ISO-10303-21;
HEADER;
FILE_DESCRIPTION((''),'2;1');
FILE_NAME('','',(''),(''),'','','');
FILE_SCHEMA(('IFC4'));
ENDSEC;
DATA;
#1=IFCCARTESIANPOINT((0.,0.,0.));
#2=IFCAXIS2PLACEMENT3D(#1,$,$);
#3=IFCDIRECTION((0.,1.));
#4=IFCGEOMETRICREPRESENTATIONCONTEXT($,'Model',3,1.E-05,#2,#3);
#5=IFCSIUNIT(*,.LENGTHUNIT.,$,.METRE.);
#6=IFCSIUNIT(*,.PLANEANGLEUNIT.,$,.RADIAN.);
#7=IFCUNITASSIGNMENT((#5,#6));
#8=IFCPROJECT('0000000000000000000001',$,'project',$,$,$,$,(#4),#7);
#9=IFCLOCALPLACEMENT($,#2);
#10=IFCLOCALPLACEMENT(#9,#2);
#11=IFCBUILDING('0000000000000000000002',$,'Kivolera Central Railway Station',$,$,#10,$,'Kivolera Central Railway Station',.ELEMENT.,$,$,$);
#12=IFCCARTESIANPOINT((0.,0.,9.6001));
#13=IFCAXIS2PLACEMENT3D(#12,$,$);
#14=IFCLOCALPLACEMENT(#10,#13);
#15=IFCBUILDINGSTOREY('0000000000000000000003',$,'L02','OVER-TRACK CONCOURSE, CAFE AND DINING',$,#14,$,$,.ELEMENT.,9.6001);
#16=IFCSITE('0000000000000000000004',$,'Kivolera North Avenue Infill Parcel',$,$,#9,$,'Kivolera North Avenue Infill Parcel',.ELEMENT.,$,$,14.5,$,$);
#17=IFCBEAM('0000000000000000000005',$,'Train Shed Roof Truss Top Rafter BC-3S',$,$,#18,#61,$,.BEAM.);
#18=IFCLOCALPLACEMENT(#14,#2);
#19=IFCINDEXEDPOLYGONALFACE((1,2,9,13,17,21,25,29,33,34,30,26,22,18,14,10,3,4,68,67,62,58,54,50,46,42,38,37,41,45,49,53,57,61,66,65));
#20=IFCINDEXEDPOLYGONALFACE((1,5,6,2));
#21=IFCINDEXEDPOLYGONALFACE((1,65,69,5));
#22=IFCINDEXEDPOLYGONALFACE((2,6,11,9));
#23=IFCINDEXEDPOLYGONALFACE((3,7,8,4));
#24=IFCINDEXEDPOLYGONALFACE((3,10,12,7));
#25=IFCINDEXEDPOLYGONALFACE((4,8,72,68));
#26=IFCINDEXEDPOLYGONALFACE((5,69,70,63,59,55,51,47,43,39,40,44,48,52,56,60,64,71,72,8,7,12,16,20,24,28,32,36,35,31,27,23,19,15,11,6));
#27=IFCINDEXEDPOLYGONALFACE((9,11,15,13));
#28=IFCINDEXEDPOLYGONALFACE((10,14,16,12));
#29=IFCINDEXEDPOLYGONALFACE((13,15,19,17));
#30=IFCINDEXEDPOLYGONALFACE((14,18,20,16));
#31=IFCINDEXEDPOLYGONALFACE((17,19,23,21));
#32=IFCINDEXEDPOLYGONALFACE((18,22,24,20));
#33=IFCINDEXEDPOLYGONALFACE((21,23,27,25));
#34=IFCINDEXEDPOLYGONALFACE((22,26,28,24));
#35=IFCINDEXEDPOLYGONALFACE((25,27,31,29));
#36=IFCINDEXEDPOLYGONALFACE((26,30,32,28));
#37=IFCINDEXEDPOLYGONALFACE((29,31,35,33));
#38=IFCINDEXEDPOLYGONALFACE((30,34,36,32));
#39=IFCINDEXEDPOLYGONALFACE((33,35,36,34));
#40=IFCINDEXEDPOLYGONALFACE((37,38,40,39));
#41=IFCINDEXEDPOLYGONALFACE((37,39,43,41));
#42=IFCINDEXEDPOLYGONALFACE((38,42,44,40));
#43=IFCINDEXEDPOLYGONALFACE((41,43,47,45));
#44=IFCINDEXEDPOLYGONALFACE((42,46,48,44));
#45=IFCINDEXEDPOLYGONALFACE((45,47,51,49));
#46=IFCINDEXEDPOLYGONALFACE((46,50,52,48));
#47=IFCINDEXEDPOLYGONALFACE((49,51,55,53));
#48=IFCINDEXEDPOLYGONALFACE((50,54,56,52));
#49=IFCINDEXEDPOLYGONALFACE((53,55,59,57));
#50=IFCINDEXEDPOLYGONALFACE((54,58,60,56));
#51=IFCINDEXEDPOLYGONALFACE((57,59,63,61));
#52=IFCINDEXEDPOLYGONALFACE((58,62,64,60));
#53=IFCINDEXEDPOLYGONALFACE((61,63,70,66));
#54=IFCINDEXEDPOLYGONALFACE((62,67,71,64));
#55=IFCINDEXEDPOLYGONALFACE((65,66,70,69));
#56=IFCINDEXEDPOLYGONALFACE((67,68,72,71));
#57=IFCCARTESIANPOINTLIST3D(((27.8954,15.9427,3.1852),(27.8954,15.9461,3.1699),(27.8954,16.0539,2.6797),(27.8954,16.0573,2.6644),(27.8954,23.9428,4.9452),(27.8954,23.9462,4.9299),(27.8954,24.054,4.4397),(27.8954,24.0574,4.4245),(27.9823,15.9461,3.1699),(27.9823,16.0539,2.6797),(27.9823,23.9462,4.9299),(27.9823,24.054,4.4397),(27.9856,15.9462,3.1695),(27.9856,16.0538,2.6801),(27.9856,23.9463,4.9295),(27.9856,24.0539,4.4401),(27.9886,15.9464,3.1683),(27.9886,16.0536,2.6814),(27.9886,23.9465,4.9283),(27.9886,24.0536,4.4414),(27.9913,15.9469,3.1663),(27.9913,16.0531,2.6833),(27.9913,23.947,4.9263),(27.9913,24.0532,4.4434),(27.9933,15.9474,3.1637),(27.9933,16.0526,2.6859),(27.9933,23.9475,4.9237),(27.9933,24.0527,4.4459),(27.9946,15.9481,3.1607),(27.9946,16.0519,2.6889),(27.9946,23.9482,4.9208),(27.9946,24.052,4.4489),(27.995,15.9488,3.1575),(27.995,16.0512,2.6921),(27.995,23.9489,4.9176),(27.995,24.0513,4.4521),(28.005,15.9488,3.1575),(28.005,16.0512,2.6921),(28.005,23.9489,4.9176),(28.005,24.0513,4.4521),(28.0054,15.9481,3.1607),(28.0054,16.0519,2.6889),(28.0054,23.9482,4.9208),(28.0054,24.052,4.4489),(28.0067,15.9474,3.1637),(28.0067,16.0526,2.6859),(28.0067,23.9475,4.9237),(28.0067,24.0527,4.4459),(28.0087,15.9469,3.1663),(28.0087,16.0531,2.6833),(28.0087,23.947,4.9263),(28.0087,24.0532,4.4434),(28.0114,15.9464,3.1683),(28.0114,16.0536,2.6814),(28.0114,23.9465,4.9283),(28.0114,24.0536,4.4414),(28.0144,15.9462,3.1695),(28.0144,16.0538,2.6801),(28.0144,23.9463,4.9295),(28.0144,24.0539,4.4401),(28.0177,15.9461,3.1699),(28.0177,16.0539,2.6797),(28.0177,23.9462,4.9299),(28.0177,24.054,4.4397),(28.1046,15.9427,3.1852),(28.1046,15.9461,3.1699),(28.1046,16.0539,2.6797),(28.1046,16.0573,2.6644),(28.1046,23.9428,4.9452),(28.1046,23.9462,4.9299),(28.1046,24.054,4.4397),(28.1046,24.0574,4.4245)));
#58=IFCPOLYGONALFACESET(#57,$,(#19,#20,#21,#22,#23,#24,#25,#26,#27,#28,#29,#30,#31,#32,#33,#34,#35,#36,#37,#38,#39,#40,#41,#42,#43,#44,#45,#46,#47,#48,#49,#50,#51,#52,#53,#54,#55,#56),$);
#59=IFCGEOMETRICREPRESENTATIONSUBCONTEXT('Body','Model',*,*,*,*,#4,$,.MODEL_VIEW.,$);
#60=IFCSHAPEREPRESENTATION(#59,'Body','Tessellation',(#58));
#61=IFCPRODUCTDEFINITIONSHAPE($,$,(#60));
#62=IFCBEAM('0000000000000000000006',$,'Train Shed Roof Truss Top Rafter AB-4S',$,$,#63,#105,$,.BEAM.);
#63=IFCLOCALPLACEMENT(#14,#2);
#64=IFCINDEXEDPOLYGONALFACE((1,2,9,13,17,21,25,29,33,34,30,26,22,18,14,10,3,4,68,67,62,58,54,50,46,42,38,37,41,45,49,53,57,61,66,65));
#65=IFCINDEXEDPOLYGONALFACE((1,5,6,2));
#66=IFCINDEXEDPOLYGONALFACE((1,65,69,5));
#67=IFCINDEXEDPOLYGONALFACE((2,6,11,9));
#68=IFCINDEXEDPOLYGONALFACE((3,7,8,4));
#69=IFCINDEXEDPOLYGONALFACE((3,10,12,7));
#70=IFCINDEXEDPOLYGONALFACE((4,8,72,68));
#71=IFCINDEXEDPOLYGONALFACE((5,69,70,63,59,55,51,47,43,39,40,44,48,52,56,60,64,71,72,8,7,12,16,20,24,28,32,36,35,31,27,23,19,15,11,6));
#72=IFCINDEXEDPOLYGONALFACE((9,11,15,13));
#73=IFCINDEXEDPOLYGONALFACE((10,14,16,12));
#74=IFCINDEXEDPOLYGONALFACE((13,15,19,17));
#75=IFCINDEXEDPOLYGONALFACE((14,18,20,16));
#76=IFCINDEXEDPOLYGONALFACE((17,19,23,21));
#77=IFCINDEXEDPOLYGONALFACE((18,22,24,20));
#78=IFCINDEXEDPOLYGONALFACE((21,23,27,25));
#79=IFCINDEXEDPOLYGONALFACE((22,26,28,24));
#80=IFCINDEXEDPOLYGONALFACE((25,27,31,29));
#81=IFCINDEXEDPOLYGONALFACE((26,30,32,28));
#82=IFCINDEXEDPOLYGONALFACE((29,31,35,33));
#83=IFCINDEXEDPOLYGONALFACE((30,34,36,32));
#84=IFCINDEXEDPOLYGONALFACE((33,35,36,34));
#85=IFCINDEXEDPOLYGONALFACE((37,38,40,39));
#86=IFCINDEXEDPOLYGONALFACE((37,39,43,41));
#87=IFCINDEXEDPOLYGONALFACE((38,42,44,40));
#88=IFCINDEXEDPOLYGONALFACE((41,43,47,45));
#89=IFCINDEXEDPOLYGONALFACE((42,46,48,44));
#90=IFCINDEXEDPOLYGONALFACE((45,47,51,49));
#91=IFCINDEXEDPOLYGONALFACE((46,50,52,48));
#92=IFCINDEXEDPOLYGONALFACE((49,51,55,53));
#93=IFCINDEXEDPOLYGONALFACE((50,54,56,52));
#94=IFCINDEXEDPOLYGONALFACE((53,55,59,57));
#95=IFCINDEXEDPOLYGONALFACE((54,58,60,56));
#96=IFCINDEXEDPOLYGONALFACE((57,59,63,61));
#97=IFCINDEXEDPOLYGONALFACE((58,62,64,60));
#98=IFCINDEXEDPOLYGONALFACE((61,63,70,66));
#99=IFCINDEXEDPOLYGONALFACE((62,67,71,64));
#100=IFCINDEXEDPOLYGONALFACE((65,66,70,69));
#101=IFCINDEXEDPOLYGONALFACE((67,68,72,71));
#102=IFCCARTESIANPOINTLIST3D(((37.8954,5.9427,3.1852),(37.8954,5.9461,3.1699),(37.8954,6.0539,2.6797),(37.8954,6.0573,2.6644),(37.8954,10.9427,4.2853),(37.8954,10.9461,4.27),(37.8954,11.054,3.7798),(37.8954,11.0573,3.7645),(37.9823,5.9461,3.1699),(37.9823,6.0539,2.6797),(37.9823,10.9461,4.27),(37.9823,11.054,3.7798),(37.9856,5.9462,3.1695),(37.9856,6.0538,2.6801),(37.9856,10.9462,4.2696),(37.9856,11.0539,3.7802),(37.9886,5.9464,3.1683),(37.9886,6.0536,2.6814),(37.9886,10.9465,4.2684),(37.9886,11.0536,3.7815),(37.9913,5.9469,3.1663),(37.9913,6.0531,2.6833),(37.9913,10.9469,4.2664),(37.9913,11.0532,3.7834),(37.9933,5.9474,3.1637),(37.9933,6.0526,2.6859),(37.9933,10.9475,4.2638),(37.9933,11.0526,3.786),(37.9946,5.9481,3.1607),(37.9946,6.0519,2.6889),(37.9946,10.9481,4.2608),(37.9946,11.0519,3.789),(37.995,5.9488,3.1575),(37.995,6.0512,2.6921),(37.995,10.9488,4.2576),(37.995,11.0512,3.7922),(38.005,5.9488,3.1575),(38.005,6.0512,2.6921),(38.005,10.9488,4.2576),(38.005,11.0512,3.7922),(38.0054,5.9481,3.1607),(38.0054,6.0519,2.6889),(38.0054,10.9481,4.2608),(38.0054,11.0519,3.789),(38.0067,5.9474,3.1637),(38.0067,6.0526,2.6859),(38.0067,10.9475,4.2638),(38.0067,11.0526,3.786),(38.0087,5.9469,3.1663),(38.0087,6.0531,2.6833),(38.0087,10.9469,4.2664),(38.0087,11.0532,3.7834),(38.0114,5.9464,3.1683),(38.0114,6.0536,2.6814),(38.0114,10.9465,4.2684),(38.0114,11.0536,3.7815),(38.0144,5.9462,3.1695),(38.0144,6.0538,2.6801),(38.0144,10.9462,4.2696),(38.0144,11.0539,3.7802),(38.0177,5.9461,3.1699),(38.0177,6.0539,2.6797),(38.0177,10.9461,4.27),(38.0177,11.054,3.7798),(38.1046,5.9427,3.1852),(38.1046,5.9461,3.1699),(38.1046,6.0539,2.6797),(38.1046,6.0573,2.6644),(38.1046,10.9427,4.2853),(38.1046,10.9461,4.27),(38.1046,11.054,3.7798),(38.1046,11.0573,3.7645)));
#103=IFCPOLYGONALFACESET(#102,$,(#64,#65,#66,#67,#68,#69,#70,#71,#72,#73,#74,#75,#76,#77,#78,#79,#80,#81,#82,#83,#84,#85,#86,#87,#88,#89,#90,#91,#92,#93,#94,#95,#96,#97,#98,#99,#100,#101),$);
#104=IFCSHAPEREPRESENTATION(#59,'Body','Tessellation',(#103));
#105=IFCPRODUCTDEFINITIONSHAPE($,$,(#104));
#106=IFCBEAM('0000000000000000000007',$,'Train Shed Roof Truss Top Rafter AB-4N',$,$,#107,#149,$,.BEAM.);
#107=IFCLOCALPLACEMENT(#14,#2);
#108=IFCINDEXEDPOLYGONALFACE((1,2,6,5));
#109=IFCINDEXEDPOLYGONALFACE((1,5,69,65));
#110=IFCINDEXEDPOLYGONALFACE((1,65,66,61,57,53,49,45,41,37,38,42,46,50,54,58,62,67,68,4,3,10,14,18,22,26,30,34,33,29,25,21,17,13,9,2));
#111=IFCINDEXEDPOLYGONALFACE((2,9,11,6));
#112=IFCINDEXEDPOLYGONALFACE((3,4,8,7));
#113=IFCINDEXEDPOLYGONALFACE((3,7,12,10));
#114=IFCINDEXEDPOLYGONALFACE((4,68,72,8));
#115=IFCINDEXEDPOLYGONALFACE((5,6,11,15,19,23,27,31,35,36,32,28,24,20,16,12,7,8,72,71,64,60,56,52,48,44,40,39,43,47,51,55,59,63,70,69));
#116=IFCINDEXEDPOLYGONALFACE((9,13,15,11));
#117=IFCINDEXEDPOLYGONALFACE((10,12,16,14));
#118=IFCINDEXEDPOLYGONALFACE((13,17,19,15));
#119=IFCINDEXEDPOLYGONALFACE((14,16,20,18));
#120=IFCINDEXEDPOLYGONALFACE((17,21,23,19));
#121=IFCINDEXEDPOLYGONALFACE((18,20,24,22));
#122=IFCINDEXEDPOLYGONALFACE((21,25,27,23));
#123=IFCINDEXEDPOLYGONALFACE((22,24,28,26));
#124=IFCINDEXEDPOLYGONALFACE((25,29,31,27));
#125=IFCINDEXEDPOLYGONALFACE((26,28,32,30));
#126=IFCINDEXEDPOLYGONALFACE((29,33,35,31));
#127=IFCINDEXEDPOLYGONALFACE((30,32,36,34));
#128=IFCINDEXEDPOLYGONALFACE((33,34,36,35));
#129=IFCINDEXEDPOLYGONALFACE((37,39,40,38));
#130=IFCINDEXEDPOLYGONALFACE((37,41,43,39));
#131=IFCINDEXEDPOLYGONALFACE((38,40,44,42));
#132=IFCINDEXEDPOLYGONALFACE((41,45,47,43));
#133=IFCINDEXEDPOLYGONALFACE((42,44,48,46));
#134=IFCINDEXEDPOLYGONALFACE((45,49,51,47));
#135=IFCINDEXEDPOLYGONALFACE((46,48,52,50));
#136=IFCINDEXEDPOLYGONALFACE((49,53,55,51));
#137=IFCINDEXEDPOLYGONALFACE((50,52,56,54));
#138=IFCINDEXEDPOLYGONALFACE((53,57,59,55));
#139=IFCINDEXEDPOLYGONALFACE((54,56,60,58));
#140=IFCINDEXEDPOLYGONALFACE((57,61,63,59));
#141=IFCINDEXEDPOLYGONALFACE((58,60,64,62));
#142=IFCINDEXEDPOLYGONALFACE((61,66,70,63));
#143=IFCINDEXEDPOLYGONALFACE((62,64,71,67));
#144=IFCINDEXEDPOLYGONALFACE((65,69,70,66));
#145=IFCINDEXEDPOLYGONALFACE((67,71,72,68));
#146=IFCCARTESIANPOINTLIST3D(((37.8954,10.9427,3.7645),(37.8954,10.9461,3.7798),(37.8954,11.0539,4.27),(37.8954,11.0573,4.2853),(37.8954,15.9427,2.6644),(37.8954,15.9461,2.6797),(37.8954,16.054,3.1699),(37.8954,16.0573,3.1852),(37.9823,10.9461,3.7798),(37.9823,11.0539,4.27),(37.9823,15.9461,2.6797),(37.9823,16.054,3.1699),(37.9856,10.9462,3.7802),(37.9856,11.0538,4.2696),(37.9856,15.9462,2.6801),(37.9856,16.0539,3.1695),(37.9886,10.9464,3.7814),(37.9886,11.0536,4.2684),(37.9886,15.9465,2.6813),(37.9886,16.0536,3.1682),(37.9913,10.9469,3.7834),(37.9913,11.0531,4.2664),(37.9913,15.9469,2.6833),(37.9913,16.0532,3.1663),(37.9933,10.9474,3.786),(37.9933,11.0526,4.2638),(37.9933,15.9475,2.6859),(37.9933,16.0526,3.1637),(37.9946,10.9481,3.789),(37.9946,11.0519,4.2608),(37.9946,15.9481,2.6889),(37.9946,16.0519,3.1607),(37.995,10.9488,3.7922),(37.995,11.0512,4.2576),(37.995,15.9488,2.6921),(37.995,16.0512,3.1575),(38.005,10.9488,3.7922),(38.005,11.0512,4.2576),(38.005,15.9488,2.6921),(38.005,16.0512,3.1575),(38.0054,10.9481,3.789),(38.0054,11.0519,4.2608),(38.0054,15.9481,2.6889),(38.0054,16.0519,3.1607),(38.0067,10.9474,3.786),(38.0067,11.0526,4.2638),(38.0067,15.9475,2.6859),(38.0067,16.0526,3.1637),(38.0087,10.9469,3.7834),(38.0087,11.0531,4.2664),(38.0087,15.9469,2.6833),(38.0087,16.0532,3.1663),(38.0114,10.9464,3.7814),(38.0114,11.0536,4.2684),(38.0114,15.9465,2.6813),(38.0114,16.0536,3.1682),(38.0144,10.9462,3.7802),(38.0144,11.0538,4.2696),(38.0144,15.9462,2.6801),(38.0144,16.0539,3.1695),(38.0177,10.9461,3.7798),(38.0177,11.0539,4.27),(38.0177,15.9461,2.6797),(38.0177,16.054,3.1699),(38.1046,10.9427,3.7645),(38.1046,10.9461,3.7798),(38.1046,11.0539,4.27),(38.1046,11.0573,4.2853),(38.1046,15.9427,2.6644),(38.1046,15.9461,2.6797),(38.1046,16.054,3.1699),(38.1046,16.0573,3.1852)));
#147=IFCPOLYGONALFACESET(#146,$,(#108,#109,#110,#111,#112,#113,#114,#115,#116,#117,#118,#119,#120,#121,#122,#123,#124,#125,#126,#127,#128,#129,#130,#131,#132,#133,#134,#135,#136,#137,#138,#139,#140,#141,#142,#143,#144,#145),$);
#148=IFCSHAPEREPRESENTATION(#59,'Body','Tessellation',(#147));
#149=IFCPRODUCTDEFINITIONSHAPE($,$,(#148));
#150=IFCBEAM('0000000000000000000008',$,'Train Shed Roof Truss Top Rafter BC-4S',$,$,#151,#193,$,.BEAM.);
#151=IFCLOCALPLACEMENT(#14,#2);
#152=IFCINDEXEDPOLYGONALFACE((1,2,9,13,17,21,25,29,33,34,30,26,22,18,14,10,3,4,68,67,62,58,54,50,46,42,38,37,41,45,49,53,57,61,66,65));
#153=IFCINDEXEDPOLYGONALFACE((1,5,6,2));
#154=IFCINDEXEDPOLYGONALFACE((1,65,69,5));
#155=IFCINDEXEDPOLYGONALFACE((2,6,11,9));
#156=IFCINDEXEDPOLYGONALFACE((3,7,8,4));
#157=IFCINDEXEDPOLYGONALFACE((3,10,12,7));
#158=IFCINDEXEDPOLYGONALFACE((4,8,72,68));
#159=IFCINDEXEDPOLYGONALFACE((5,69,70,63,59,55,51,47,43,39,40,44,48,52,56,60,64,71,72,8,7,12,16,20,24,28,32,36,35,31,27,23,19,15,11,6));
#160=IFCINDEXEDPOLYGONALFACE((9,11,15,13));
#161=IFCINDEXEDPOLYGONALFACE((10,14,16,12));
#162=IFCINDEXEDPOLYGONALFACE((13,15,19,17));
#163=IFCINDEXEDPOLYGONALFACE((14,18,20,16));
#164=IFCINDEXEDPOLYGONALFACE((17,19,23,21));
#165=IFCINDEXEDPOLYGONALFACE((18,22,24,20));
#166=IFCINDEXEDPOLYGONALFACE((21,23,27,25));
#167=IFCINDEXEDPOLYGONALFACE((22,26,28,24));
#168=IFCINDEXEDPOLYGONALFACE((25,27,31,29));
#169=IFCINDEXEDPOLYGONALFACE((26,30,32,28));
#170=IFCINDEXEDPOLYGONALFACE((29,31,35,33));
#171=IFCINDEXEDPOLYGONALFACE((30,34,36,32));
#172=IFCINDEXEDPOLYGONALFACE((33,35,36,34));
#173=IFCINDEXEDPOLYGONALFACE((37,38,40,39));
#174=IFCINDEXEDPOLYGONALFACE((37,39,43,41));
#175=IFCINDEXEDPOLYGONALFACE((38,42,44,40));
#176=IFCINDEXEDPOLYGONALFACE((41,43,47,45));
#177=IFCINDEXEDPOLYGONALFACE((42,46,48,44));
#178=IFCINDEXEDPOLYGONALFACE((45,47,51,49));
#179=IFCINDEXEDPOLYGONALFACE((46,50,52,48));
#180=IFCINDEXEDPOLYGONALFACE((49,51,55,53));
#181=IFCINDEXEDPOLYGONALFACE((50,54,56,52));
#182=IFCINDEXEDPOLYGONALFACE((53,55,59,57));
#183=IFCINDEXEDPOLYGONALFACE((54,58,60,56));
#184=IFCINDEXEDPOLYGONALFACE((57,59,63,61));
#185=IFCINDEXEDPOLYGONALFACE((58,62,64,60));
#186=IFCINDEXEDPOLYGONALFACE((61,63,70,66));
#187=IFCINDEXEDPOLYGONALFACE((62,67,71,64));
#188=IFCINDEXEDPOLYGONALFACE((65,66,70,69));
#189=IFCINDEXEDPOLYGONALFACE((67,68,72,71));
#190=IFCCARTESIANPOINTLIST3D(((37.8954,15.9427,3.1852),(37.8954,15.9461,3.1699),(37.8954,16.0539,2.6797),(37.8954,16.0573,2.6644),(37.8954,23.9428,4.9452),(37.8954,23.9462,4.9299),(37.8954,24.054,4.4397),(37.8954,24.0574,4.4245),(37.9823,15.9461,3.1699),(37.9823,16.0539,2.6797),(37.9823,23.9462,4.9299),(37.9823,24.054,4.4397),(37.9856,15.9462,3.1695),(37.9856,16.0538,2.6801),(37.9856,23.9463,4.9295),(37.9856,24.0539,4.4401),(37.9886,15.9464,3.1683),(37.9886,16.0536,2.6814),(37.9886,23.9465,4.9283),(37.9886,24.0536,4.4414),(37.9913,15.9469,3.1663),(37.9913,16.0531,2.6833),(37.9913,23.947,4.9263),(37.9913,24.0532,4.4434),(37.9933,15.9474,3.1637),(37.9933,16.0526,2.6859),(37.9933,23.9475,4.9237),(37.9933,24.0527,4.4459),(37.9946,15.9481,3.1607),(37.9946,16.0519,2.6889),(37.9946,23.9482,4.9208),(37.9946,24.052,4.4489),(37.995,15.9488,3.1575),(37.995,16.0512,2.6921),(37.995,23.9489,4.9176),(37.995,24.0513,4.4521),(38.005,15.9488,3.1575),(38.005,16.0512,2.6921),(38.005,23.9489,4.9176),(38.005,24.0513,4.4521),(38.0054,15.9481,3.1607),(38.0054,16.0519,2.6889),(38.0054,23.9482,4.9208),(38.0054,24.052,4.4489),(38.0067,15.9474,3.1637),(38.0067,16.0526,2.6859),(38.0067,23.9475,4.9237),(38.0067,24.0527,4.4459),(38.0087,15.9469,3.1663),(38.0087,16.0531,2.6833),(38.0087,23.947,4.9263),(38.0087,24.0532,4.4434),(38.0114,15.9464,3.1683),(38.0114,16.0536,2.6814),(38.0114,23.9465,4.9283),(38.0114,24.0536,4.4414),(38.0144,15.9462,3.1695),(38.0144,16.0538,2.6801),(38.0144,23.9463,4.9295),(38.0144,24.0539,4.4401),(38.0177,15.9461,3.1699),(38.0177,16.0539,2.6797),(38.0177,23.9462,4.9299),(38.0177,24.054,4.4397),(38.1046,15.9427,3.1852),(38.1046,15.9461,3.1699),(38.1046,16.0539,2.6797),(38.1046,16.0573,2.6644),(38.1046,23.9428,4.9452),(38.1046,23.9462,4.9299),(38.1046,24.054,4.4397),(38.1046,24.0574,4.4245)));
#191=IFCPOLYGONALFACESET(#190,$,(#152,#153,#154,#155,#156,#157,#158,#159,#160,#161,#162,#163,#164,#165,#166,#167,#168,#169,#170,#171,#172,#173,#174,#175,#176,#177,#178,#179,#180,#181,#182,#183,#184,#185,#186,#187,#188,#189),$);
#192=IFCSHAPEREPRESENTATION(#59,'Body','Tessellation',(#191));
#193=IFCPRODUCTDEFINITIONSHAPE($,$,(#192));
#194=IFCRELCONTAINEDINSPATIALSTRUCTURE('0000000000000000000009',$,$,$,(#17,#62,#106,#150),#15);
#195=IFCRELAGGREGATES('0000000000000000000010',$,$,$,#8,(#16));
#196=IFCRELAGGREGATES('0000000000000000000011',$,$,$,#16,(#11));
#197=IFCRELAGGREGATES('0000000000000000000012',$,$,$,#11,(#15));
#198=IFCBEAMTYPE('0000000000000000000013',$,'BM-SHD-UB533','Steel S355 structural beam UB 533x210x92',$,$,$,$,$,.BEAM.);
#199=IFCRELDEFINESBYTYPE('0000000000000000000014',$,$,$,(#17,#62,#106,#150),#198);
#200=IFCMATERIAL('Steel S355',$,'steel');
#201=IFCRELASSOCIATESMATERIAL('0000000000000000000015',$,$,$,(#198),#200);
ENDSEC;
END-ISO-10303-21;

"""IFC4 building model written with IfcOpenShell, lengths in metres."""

from ifc_helpers import new_model, si_unit, direction, frame, origin, origin_2d, place, context, subcontext, project, spatial, i_section, extrude, material, material_profile, profile_set, type_object, element, save


model = new_model("IFC4")

# Units and contexts
model_context = context("Model", 3, precision=1e-05, world=origin(), true_north=direction((0.0, 1.0)))
body_context = subcontext(model_context, "Body", "Model", "MODEL_VIEW")
ifc_project = project(units=[si_unit("LENGTHUNIT", "METRE"), si_unit("PLANEANGLEUNIT", "RADIAN")], contexts=[model_context])

# Site, building, storey
site_placement = place(None, origin())
site = spatial("IfcSite", under=ifc_project, at=site_placement, Name="Kivolera North Avenue Infill Parcel", LongName="Kivolera North Avenue Infill Parcel", CompositionType="ELEMENT", RefElevation=14.5)
building_placement = place(site_placement, origin())
building = spatial("IfcBuilding", under=site, at=building_placement, Name="Kivolera Central Railway Station", LongName="Kivolera Central Railway Station", CompositionType="ELEMENT")
storey_placement = place(building_placement, frame((0.0, 0.0, 9.6001)))
storey = spatial("IfcBuildingStorey", under=building, at=storey_placement, Name="L02", Description="OVER-TRACK CONCOURSE, CAFE AND DINING", CompositionType="ELEMENT", Elevation=9.6001)

# Shared definitions
ifc_material_1 = material(Name="Steel S355", Category="steel")

# Beams
ifc_material_profile_1 = material_profile(ifc_material_1, i_section(OverallWidth=0.2092, OverallDepth=0.5332, WebThickness=0.01, FlangeThickness=0.0156, FilletRadius=0.0127, at=origin_2d()), Name="UB 533x210x92")
ifc_profile_set_1 = profile_set([ifc_material_profile_1], Name="Steel S355")
beam_type_1 = type_object("IfcBeamType", Name="BM-SHD-UB533", Description="Steel S355 structural beam UB 533x210x92", PredefinedType="BEAM", material=ifc_profile_set_1)
beam_1_placement = place(storey_placement, frame((28.0, 16.0, 2.9248), z_axis=(0.0, 0.976644, 0.214863), x_axis=(-1.0, 0.0, 0.0)))
element("IfcBeam", 1, at=beam_1_placement, inside=storey, type_object=beam_type_1, Name="Train Shed Roof Truss Top Rafter BC-3S", PredefinedType="BEAM", context=body_context, shape_type="SweptSolid", body=[
    extrude(i_section(OverallWidth=0.2092, OverallDepth=0.5332, WebThickness=0.01, FlangeThickness=0.0156, FilletRadius=0.0127, at=origin_2d()), origin(), (0.0, 0.0, 1.0), 8.1914),
])
for number, where, z_axis, x_axis, name in (
    (2, (38.0, 6.0, 2.9248), (0.0, 0.97664, 0.21488), (-1.0, 0.0, 0.0), "Train Shed Roof Truss Top Rafter AB-4S"),
    (3, (38.0, 11.0, 4.0249), (0.0, 0.97664, -0.21488), (-1.0, 0.0, 0.0), "Train Shed Roof Truss Top Rafter AB-4N"),
):
    element("IfcBeam", number, at=place(storey_placement, frame(where, z_axis=z_axis, x_axis=x_axis)), inside=storey, type_object=beam_type_1, Name=name, PredefinedType="BEAM", context=body_context, shape_type="SweptSolid", body=[
        extrude(i_section(OverallWidth=0.2092, OverallDepth=0.5332, WebThickness=0.01, FlangeThickness=0.0156, FilletRadius=0.0127, at=origin_2d()), origin(), (0.0, 0.0, 1.0), 5.1196),
    ])
beam_2_placement = place(storey_placement, frame((38.0, 16.0, 2.9248), z_axis=(0.0, 0.976644, 0.214863), x_axis=(-1.0, 0.0, 0.0)))
element("IfcBeam", 4, at=beam_2_placement, inside=storey, type_object=beam_type_1, Name="Train Shed Roof Truss Top Rafter BC-4S", PredefinedType="BEAM", context=body_context, shape_type="SweptSolid", body=[
    extrude(i_section(OverallWidth=0.2092, OverallDepth=0.5332, WebThickness=0.01, FlangeThickness=0.0156, FilletRadius=0.0127, at=origin_2d()), origin(), (0.0, 0.0, 1.0), 8.1914),
])

save(model, "model.ifc")
